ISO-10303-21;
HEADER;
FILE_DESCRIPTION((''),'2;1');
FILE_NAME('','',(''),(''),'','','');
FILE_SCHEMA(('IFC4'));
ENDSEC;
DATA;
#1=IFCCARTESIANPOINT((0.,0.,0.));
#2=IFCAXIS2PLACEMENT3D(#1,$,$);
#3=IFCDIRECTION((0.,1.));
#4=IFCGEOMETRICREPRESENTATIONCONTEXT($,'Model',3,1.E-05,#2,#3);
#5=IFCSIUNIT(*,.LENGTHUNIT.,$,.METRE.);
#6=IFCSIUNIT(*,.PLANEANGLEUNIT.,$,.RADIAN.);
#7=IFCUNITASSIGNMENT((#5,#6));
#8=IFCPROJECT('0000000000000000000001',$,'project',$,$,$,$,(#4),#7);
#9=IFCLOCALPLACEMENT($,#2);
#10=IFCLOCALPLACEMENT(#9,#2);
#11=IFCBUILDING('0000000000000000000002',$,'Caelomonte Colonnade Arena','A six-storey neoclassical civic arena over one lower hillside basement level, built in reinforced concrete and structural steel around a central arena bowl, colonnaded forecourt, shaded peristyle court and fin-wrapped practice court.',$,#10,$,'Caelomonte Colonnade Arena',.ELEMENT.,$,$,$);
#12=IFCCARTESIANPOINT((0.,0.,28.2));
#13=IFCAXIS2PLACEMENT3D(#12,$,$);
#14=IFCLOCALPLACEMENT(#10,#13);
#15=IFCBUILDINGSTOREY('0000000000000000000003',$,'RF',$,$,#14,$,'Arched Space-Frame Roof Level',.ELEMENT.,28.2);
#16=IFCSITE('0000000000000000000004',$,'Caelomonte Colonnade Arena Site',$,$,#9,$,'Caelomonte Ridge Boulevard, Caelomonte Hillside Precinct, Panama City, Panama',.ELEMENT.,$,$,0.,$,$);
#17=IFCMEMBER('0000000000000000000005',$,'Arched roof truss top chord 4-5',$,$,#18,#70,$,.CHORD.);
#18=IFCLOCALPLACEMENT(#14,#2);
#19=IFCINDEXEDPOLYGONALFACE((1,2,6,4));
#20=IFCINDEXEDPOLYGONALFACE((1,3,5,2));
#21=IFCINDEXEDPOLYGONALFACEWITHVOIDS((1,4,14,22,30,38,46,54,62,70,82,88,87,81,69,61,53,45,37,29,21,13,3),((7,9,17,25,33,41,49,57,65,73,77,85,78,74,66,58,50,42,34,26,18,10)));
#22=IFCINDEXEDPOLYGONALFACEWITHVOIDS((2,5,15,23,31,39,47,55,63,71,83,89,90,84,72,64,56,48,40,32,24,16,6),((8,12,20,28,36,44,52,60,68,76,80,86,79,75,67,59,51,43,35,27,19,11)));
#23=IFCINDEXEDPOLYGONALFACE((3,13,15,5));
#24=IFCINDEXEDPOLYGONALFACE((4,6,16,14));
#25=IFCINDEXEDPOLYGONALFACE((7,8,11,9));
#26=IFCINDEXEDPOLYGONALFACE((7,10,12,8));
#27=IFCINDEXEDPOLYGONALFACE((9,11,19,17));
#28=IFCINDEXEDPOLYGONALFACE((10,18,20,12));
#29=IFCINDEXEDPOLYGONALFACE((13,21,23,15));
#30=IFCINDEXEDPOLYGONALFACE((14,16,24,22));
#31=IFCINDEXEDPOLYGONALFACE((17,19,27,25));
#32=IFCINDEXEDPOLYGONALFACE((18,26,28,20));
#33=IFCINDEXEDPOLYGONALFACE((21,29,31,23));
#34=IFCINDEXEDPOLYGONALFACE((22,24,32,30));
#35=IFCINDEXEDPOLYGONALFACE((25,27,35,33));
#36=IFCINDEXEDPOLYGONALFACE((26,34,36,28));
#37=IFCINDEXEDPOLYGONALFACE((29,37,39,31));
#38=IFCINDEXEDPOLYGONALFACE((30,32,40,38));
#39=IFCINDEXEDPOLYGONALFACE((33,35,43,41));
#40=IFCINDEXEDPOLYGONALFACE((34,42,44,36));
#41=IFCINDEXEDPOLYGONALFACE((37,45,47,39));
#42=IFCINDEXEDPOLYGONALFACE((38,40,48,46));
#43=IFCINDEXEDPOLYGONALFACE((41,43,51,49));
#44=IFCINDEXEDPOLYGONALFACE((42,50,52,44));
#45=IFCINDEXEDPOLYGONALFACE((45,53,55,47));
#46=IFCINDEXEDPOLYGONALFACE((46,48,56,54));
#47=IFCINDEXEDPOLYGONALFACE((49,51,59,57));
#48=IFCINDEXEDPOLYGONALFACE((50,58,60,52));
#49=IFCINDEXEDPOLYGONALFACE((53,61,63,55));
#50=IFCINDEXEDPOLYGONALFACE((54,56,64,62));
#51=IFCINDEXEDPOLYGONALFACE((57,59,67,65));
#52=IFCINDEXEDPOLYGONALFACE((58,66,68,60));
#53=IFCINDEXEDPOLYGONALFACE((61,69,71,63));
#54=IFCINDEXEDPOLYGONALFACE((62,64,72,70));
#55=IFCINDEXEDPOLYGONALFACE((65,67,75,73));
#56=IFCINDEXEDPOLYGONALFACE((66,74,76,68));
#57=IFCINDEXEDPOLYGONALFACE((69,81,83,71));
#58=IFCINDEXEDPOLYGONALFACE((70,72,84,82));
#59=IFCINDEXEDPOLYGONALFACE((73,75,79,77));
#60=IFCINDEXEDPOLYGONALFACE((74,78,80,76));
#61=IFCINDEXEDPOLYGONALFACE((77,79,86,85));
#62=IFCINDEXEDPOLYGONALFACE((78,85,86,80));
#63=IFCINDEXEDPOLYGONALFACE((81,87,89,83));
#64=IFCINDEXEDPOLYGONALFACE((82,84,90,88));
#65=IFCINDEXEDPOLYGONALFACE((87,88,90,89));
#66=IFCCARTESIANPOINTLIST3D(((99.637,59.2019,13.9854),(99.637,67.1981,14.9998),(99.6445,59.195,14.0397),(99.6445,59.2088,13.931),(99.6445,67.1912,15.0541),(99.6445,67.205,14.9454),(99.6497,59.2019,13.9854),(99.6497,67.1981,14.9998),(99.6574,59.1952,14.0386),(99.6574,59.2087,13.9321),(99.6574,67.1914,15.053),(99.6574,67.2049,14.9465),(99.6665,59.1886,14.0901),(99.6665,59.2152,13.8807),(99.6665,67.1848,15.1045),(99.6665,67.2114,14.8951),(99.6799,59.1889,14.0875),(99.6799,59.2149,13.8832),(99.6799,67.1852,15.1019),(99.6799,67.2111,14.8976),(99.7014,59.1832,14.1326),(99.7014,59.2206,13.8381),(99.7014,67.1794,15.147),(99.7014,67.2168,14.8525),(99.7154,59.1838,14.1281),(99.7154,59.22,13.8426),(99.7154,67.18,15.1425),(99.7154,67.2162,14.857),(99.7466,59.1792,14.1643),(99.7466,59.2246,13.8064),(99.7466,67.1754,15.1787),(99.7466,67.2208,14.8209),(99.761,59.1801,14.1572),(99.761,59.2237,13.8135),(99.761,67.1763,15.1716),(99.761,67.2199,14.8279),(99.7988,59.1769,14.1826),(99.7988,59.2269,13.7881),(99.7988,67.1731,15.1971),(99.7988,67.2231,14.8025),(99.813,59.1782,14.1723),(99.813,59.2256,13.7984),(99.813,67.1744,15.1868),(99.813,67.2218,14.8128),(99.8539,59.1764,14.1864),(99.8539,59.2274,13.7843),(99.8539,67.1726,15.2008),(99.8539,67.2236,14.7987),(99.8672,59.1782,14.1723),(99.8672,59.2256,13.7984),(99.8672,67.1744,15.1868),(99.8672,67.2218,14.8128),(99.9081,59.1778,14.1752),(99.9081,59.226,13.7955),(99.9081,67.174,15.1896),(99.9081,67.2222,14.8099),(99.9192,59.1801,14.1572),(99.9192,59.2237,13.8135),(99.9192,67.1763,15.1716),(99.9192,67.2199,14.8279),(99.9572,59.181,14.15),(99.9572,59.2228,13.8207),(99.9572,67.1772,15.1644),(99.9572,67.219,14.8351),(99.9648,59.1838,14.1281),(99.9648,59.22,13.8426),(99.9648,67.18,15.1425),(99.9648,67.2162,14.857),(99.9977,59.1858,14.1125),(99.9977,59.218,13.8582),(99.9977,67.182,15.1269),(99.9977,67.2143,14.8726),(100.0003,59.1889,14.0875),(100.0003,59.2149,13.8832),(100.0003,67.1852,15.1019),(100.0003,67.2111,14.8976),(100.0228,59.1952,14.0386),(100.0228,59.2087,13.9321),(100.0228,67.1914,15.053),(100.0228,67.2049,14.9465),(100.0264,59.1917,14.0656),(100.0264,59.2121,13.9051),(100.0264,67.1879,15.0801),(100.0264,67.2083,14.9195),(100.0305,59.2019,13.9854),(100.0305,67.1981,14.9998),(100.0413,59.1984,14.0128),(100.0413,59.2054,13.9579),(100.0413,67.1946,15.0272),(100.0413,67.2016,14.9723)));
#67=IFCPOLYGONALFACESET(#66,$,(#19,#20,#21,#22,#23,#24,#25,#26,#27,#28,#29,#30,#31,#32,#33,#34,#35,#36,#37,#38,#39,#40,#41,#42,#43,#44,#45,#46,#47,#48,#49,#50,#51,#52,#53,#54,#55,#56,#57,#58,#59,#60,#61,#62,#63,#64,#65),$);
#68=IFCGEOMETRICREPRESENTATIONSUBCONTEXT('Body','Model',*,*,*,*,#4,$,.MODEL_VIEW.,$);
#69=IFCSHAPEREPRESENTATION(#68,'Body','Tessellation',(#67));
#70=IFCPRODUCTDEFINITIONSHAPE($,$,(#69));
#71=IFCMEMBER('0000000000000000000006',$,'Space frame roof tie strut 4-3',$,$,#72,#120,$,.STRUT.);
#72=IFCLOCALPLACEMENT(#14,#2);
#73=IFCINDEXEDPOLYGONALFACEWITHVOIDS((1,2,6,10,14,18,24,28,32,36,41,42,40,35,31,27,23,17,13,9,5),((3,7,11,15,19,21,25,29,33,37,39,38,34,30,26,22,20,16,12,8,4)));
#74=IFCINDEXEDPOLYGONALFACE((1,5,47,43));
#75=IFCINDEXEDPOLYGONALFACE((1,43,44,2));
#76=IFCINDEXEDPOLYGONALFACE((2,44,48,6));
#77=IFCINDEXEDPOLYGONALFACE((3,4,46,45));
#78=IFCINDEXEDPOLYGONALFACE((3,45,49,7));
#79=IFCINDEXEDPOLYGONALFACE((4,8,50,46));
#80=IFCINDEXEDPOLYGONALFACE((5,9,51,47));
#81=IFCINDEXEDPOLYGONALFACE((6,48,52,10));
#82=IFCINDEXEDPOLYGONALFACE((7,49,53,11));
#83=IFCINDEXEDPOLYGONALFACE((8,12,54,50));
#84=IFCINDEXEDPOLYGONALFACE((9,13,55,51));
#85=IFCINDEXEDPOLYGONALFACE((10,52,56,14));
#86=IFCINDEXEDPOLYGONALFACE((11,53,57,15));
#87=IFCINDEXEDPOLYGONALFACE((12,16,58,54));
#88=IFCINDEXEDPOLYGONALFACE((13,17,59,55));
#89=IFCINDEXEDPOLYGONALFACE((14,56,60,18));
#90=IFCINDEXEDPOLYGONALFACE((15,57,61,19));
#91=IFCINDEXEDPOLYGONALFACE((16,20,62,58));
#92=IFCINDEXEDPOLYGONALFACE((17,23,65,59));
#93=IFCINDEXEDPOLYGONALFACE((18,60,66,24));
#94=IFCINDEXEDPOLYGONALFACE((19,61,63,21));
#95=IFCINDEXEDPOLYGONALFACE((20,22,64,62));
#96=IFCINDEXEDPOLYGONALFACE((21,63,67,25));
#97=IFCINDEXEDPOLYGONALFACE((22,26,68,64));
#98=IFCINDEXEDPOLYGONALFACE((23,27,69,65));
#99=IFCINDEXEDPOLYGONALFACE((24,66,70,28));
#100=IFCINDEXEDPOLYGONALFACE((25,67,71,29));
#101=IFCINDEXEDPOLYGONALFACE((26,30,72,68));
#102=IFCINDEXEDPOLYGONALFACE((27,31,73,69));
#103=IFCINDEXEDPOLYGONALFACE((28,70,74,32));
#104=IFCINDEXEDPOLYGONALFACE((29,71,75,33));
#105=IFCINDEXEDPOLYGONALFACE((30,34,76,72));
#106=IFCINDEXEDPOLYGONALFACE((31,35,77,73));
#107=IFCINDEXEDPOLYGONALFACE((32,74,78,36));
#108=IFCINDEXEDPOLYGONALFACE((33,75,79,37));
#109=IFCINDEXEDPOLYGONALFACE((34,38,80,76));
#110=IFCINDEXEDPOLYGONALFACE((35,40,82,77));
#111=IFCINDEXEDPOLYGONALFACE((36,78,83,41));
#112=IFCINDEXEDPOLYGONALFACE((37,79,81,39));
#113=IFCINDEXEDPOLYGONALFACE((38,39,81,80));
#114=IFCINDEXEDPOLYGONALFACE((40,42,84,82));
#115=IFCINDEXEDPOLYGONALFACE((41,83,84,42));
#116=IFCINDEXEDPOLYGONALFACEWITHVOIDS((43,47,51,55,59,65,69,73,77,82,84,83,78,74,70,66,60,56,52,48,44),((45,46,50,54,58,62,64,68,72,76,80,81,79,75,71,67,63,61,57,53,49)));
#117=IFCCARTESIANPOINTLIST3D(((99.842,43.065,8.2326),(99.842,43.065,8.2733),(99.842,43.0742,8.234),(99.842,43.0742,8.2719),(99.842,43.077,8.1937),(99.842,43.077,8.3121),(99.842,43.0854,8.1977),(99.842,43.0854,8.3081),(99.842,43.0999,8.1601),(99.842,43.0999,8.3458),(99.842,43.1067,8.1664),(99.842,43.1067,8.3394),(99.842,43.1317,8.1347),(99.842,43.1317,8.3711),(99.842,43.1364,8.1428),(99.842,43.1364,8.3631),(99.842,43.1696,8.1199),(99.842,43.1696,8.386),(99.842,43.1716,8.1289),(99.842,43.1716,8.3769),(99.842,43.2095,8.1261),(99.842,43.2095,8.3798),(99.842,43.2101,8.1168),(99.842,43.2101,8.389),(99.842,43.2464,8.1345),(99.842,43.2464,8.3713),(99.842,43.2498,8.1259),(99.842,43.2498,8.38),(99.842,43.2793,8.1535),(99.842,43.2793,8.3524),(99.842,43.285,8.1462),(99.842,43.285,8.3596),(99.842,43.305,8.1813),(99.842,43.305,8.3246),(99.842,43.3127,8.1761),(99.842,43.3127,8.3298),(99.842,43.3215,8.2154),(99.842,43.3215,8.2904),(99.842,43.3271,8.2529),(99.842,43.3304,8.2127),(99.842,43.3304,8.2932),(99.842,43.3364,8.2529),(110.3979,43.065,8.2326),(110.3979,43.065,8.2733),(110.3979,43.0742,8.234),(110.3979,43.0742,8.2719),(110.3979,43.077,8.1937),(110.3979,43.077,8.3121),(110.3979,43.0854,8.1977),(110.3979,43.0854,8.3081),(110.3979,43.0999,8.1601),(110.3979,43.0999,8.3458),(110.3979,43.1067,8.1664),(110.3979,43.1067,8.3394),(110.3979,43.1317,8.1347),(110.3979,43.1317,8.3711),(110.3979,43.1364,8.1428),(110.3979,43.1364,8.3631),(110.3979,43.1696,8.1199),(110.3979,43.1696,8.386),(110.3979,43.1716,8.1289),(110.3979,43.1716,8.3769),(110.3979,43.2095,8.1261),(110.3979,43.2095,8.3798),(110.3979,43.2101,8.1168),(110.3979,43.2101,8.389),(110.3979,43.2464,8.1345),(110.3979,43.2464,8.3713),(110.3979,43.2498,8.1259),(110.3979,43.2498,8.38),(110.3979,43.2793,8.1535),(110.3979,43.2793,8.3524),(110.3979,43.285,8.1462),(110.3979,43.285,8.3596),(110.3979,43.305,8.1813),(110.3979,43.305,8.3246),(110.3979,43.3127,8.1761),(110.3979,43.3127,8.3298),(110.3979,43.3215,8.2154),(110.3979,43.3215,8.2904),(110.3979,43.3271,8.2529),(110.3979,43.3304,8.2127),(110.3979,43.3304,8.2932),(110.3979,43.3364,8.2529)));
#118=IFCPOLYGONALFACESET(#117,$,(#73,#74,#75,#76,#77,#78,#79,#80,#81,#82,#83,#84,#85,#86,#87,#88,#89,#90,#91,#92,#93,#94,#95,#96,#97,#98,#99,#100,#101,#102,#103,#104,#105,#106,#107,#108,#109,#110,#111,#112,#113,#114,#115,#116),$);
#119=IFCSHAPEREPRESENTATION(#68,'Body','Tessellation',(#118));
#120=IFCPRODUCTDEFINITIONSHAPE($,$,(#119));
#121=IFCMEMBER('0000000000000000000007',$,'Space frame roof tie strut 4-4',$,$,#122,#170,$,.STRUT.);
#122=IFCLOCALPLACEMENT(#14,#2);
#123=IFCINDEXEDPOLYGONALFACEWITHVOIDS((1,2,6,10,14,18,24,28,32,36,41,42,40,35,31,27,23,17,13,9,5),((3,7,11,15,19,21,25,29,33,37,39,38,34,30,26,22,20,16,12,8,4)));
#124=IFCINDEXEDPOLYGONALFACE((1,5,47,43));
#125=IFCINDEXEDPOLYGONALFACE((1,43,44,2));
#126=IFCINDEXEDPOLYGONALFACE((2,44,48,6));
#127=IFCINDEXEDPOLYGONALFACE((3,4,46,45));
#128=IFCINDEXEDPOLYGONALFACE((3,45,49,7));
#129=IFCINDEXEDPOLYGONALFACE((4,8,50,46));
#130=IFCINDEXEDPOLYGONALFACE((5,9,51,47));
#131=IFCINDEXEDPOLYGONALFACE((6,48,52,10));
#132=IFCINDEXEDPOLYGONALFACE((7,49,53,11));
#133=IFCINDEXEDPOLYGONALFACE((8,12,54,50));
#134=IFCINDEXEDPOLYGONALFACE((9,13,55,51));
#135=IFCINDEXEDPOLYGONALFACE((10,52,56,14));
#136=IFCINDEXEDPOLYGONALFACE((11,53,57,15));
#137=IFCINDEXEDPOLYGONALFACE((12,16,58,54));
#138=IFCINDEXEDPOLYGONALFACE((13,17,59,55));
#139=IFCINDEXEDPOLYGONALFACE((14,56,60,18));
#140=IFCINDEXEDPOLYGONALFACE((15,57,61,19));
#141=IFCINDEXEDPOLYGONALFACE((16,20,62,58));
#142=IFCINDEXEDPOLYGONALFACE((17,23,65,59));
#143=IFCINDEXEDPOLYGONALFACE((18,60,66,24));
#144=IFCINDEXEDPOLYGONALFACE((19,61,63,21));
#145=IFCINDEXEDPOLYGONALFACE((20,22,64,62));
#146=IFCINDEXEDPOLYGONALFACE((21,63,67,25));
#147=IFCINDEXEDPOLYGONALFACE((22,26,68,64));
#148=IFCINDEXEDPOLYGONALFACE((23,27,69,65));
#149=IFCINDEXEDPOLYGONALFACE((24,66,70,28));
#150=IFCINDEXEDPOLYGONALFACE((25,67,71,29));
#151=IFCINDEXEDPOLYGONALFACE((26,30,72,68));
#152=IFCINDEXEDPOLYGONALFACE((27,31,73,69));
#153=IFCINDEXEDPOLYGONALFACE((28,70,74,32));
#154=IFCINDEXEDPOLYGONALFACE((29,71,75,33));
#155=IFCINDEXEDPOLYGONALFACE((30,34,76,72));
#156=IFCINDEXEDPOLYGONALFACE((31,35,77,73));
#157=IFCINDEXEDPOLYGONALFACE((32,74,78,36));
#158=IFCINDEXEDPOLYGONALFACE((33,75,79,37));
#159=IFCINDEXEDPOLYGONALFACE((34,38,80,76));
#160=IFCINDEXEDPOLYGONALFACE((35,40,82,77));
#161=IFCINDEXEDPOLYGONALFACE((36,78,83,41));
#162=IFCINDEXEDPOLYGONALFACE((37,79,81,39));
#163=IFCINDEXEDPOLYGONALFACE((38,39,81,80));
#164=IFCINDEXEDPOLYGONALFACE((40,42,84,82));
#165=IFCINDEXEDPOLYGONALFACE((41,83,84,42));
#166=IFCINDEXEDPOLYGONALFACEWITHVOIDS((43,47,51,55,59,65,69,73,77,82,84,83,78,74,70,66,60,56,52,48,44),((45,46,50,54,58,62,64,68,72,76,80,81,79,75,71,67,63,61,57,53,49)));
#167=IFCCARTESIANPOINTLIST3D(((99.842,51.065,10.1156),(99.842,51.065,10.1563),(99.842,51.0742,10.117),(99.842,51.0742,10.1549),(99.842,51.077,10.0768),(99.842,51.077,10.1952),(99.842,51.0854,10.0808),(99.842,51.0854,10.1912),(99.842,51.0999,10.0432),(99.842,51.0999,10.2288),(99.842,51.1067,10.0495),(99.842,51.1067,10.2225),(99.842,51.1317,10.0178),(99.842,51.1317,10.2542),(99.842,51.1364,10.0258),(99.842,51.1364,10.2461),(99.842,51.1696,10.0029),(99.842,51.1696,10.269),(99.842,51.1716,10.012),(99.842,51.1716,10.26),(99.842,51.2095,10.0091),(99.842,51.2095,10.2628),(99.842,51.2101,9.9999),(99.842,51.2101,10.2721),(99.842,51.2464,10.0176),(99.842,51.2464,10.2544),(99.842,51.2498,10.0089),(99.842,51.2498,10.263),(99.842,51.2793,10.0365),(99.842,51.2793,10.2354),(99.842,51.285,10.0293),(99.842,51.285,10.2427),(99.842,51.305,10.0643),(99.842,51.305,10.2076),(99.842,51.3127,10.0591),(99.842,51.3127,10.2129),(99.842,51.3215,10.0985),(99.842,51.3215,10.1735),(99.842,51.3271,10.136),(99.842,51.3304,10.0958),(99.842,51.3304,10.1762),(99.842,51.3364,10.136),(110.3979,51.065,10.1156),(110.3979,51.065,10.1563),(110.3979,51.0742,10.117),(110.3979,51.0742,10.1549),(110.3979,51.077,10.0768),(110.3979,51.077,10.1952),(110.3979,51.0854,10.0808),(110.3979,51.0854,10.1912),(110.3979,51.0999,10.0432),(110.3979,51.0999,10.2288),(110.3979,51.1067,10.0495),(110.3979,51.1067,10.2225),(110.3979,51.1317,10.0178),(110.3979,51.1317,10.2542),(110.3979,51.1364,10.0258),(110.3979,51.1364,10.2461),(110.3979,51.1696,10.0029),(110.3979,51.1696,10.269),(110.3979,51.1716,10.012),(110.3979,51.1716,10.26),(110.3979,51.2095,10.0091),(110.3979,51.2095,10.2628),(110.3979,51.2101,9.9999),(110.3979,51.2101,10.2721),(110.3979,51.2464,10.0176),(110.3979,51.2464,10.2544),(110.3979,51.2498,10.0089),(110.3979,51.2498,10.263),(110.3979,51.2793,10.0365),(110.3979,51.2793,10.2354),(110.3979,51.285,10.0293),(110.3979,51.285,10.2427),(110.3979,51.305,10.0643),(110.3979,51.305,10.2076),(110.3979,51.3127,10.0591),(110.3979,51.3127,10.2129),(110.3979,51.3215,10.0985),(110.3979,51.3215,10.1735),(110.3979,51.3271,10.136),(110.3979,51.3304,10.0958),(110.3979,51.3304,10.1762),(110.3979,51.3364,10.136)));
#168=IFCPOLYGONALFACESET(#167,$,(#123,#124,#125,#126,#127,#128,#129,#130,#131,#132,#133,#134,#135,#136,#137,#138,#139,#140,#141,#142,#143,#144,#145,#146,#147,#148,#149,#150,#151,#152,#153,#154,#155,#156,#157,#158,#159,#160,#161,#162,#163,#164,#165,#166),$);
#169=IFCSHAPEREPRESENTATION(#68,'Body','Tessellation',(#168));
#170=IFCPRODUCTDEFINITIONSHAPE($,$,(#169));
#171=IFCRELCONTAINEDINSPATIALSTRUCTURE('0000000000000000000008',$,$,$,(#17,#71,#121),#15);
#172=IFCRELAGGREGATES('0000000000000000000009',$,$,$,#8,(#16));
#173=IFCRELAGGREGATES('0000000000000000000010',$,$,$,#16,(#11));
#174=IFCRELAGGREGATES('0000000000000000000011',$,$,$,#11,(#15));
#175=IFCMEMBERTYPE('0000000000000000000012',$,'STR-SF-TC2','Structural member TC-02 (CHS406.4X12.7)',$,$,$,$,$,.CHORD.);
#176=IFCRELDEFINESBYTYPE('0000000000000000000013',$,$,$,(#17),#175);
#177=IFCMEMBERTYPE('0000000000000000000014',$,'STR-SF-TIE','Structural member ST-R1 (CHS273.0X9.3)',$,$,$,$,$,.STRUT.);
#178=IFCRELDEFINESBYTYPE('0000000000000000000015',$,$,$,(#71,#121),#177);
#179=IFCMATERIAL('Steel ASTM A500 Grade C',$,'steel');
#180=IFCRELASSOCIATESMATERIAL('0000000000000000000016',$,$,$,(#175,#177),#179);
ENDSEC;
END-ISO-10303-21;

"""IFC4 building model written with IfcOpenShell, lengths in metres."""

from ifc_helpers import new_model, si_unit, direction, frame, origin, origin_2d, place, context, subcontext, project, spatial, hollow_circle, extrude, material, material_profile, profile_set, type_object, element, save


model = new_model("IFC4")

# Units and contexts
model_context = context("Model", 3, precision=1e-05, world=origin(), true_north=direction((0.0, 1.0)))
body_context = subcontext(model_context, "Body", "Model", "MODEL_VIEW")
ifc_project = project(units=[si_unit("LENGTHUNIT", "METRE"), si_unit("PLANEANGLEUNIT", "RADIAN")], contexts=[model_context])

# Site, building, storey
site_placement = place(None, origin())
site = spatial("IfcSite", under=ifc_project, at=site_placement, Name="Caelomonte Colonnade Arena Site", LongName="Caelomonte Ridge Boulevard, Caelomonte Hillside Precinct, Panama City, Panama", CompositionType="ELEMENT", RefElevation=0.0)
building_placement = place(site_placement, origin())
building = spatial("IfcBuilding", under=site, at=building_placement, Name="Caelomonte Colonnade Arena", Description="A six-storey neoclassical civic arena over one lower hillside basement level, built in reinforced concrete and structural steel around a central arena bowl, colonnaded forecourt, shaded peristyle court and fin-wrapped practice court.", LongName="Caelomonte Colonnade Arena", CompositionType="ELEMENT")
storey_placement = place(building_placement, frame((0.0, 0.0, 28.2)))
storey = spatial("IfcBuildingStorey", under=building, at=storey_placement, Name="RF", LongName="Arched Space-Frame Roof Level", CompositionType="ELEMENT", Elevation=28.2)

# Members
ifc_material_1 = material(Name="Steel ASTM A500 Grade C", Category="steel")
ifc_material_profile_1 = material_profile(ifc_material_1, hollow_circle(Radius=0.2031, WallThickness=0.0127, at=origin_2d()), Name="CHS406.4X12.7")
ifc_profile_set_1 = profile_set([ifc_material_profile_1], Name="Steel ASTM A500 Grade C")
member_type_1 = type_object("IfcMemberType", Name="STR-SF-TC2", Description="Structural member TC-02 (CHS406.4X12.7)", PredefinedType="CHORD", material=ifc_profile_set_1)
member_1_placement = place(storey_placement, frame((99.8401, 59.2019, 13.9854), z_axis=(0.0, 0.992049, 0.125854), x_axis=(-1.0, 0.0, 0.0)))
element("IfcMember", 1, at=member_1_placement, inside=storey, type_object=member_type_1, Name="Arched roof truss top chord 4-5", PredefinedType="CHORD", context=body_context, shape_type="SweptSolid", body=[
    extrude(hollow_circle(Radius=0.2031, WallThickness=0.0127, at=origin_2d()), origin(), (0.0, 0.0, 1.0), 8.0603),
])
ifc_material_profile_2 = material_profile(ifc_material_1, hollow_circle(Radius=0.1365, WallThickness=0.0093, at=origin_2d()), Name="CHS273.0X9.3")
ifc_profile_set_2 = profile_set([ifc_material_profile_2], Name="Steel ASTM A500 Grade C")
member_type_2 = type_object("IfcMemberType", Name="STR-SF-TIE", Description="Structural member ST-R1 (CHS273.0X9.3)", PredefinedType="STRUT", material=ifc_profile_set_2)
for number, where, z_axis, x_axis, name in (
    (2, (99.842, 43.2, 8.2529), (1.0, 0.0, 0.0), (0.0, 1.0, 0.0), "Space frame roof tie strut 4-3"),
    (3, (99.842, 51.2, 10.136), (1.0, 0.0, 0.0), (0.0, 1.0, 0.0), "Space frame roof tie strut 4-4"),
):
    element("IfcMember", number, at=place(storey_placement, frame(where, z_axis=z_axis, x_axis=x_axis)), inside=storey, type_object=member_type_2, Name=name, PredefinedType="STRUT", context=body_context, shape_type="SweptSolid", body=[
        extrude(hollow_circle(Radius=0.1365, WallThickness=0.0093, at=origin_2d()), origin(), (0.0, 0.0, 1.0), 10.5559),
    ])

save(model, "model.ifc")
